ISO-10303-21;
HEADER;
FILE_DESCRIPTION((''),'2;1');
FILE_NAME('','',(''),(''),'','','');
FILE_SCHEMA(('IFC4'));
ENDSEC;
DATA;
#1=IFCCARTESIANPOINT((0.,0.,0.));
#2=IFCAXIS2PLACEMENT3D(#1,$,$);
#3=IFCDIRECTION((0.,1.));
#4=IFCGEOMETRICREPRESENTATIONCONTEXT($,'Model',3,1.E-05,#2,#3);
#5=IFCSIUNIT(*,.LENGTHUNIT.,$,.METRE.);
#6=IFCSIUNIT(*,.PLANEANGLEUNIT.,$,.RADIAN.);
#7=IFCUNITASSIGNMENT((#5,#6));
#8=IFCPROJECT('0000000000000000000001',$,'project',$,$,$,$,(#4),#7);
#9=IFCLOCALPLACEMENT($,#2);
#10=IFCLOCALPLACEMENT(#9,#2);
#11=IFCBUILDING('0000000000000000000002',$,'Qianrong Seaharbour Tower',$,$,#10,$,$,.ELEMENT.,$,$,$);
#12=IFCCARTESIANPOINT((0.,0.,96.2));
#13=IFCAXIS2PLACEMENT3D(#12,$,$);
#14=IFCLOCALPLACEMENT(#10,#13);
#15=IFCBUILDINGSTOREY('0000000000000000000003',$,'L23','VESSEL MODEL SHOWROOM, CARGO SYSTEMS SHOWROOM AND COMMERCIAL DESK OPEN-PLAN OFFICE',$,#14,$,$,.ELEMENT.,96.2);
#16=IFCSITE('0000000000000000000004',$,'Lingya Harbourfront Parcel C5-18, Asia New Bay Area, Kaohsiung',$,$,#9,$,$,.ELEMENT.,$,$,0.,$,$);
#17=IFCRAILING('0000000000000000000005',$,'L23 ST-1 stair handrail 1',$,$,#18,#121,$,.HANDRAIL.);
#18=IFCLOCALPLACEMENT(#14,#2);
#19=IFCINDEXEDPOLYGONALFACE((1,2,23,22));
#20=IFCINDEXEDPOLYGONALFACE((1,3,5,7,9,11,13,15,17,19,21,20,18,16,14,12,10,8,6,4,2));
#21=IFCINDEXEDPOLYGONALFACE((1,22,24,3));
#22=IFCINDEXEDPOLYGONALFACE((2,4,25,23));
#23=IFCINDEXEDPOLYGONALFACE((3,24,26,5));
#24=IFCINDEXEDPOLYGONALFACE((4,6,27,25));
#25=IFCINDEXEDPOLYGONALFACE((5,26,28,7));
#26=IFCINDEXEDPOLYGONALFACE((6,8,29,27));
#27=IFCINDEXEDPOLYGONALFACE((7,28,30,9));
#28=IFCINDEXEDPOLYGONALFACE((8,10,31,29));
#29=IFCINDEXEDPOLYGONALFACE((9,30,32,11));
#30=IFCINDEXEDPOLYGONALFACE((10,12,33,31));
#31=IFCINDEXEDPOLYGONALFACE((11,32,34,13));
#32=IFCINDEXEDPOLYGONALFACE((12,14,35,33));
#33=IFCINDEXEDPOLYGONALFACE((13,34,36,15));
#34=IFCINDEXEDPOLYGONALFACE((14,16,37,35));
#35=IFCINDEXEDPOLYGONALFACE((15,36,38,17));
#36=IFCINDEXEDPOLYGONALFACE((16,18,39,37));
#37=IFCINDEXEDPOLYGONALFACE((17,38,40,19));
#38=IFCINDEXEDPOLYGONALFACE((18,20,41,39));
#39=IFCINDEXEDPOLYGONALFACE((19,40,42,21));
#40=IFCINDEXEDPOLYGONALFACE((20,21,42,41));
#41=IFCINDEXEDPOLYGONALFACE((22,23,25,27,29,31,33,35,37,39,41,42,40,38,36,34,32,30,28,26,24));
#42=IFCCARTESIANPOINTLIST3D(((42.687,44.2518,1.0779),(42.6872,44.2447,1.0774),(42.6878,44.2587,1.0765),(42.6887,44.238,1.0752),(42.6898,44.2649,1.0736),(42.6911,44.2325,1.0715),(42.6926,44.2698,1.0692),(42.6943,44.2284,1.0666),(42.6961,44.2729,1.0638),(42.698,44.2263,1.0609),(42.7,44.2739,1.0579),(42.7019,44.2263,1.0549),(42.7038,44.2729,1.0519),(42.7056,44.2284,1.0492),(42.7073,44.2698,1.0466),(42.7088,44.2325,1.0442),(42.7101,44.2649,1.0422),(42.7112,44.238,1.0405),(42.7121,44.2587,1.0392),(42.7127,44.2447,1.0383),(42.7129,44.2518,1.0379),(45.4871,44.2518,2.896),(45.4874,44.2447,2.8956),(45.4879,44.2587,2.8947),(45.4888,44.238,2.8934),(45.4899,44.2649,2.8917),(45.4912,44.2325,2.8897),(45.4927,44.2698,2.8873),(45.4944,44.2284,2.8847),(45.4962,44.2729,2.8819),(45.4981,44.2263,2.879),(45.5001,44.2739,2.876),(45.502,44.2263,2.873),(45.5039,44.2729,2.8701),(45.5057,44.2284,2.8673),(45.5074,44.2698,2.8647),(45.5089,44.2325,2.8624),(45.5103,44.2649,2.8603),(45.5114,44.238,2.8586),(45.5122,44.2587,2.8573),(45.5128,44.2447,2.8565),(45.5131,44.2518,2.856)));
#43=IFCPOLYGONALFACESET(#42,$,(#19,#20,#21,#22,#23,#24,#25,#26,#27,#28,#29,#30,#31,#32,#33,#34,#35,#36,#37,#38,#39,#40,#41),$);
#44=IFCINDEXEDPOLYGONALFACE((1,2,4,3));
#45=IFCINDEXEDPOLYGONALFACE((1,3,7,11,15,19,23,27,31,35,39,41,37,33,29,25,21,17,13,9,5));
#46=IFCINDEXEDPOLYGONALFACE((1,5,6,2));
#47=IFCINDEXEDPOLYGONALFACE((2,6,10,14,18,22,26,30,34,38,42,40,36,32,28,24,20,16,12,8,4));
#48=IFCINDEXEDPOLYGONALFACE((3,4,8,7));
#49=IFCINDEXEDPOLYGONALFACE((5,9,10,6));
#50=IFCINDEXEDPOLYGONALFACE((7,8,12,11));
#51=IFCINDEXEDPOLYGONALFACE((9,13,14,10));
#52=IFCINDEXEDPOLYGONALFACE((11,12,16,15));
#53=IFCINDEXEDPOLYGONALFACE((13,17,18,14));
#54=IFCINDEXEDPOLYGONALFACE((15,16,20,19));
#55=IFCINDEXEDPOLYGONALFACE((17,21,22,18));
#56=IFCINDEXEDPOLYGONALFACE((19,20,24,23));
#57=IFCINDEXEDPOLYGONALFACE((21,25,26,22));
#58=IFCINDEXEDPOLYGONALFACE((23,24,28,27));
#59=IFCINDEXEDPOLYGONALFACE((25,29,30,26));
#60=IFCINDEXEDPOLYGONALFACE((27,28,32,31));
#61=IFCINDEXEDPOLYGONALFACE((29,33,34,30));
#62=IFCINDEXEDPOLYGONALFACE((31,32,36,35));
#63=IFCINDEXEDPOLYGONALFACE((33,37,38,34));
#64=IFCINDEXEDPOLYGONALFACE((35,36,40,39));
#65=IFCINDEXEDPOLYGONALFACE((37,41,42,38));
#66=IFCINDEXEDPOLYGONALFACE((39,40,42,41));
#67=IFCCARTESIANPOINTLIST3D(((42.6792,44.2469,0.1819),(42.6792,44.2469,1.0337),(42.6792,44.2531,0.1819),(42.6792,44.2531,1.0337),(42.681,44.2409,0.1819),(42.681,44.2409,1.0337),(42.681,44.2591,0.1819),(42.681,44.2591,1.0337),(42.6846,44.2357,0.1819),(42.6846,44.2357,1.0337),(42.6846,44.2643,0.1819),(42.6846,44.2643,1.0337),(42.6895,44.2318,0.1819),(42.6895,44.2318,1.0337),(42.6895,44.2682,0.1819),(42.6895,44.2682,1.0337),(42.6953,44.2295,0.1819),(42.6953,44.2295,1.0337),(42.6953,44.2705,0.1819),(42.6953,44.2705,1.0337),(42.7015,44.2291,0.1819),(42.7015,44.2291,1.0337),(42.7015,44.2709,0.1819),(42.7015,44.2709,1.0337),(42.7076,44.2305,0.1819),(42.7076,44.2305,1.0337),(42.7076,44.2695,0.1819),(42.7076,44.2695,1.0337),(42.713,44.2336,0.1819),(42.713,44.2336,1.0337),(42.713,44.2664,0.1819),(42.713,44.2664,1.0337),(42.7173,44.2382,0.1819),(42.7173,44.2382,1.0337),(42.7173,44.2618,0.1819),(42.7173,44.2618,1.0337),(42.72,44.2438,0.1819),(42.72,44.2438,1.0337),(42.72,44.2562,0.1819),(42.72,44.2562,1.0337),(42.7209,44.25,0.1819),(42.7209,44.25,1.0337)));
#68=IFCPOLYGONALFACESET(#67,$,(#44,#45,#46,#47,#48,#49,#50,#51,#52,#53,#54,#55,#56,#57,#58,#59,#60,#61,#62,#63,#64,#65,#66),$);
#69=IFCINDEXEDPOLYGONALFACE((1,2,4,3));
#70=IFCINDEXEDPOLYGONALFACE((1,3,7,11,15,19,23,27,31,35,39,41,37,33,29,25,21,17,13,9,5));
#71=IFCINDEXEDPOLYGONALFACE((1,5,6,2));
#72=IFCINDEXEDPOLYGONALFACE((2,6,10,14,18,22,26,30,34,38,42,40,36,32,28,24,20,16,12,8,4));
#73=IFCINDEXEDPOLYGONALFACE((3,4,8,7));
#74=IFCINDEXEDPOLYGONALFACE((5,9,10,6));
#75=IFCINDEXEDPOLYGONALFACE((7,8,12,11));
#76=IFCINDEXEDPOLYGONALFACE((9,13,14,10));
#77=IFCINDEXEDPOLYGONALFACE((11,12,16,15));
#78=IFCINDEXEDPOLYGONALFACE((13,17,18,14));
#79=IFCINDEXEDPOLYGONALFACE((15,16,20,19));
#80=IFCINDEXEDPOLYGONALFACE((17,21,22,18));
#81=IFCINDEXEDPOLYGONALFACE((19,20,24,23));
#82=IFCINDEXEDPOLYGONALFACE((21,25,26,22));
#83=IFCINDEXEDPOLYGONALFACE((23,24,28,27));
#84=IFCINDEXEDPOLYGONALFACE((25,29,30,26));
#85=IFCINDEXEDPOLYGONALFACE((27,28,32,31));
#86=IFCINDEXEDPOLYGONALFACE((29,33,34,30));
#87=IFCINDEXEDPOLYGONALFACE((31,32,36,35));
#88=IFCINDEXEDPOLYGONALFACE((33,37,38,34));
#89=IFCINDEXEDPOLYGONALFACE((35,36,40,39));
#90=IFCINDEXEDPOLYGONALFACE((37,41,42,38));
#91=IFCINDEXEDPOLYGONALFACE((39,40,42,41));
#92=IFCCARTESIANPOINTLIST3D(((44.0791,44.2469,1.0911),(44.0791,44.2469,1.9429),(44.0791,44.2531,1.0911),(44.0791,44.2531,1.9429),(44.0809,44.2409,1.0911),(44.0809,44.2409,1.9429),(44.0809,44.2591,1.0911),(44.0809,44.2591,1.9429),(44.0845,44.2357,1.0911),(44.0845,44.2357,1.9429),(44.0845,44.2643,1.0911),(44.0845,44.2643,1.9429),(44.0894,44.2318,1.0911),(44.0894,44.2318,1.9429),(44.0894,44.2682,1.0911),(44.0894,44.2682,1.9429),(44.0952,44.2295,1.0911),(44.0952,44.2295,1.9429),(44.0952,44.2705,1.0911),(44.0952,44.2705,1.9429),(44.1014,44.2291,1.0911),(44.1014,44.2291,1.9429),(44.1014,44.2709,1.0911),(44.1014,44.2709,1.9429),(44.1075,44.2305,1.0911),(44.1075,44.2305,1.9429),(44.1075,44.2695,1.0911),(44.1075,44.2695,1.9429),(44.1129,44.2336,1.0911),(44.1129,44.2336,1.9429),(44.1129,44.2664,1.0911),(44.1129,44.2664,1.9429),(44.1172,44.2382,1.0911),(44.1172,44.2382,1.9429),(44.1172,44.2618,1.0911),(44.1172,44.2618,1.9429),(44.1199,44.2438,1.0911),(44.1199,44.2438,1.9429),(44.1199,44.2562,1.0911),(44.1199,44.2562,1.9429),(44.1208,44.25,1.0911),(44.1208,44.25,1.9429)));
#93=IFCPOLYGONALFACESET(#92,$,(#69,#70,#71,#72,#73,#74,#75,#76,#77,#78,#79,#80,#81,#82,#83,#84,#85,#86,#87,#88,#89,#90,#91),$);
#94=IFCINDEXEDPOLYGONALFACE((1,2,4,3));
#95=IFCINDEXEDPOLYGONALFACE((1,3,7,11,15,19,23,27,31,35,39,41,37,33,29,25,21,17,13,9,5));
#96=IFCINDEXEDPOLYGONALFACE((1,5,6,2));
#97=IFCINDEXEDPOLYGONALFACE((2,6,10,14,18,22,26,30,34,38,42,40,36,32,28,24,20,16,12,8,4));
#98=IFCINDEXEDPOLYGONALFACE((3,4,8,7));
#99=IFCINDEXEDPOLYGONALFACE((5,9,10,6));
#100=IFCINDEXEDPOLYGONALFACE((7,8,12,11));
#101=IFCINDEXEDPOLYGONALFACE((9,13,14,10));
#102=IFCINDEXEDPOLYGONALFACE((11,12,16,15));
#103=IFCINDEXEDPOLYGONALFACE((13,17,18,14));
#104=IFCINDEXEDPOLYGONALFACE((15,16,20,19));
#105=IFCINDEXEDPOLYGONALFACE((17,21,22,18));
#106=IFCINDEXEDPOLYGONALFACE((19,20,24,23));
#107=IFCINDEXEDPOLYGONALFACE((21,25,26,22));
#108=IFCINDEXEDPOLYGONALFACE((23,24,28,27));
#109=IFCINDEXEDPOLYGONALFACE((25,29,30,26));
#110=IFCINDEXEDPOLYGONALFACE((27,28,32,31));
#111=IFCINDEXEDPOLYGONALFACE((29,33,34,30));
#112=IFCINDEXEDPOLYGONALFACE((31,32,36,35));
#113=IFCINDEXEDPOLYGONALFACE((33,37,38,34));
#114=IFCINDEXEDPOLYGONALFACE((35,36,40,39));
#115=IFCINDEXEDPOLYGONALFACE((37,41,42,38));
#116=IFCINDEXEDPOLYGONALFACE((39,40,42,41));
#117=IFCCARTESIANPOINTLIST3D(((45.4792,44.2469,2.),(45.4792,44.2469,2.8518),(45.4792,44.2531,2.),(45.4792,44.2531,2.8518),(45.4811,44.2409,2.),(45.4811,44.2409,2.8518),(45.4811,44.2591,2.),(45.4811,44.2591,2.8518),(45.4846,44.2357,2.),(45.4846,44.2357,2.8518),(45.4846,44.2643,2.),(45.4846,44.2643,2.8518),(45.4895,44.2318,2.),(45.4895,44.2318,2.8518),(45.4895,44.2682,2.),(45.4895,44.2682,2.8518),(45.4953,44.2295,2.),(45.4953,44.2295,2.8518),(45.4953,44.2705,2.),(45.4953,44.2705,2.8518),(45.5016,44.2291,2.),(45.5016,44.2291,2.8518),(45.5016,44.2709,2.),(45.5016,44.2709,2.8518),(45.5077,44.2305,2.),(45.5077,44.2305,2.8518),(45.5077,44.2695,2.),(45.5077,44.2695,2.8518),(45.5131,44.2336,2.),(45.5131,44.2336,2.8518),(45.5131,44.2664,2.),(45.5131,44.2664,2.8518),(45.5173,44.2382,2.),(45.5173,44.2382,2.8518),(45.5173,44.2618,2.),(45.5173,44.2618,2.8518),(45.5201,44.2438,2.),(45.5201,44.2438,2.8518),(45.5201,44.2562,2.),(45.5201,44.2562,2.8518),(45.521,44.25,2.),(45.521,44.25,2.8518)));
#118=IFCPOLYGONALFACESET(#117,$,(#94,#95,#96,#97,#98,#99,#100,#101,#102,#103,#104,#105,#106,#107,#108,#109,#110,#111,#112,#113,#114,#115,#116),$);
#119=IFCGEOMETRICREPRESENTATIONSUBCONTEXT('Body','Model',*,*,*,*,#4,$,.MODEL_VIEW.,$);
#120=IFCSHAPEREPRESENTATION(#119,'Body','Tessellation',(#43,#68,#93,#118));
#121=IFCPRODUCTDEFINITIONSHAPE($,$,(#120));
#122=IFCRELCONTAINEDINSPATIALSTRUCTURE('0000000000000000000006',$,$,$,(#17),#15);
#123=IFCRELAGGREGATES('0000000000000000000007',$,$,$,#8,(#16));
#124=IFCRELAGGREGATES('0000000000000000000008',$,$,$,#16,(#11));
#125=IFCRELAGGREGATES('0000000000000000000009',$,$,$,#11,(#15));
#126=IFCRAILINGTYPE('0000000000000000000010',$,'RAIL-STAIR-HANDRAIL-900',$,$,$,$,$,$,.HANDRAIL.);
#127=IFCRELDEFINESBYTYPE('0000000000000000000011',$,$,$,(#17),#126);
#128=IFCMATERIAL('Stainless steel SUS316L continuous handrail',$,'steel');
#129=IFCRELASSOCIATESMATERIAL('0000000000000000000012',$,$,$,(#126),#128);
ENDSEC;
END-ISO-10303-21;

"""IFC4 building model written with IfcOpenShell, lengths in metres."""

from ifc_helpers import new_model, si_unit, direction, frame, origin, origin_2d, place, context, subcontext, project, spatial, circle, extrude, material, type_object, element, save


model = new_model("IFC4")

# Units and contexts
model_context = context("Model", 3, precision=1e-05, world=origin(), true_north=direction((0.0, 1.0)))
body_context = subcontext(model_context, "Body", "Model", "MODEL_VIEW")
ifc_project = project(units=[si_unit("LENGTHUNIT", "METRE"), si_unit("PLANEANGLEUNIT", "RADIAN")], contexts=[model_context])

# Site, building, storey
site_placement = place(None, origin())
site = spatial("IfcSite", under=ifc_project, at=site_placement, Name="Lingya Harbourfront Parcel C5-18, Asia New Bay Area, Kaohsiung", CompositionType="ELEMENT", RefElevation=0.0)
building_placement = place(site_placement, origin())
building = spatial("IfcBuilding", under=site, at=building_placement, Name="Qianrong Seaharbour Tower", CompositionType="ELEMENT")
storey_placement = place(building_placement, frame((0.0, 0.0, 96.2)))
storey = spatial("IfcBuildingStorey", under=building, at=storey_placement, Name="L23", Description="VESSEL MODEL SHOWROOM, CARGO SYSTEMS SHOWROOM AND COMMERCIAL DESK OPEN-PLAN OFFICE", CompositionType="ELEMENT", Elevation=96.2)

# Railing
ifc_material_1 = material(Name="Stainless steel SUS316L continuous handrail", Category="steel")
railing_type = type_object("IfcRailingType", Name="RAIL-STAIR-HANDRAIL-900", PredefinedType="HANDRAIL", material=ifc_material_1)
railing_placement = place(storey_placement, frame((42.7, 44.25, 0.1819)))
element("IfcRailing", 1, at=railing_placement, inside=storey, type_object=railing_type, Name="L23 ST-1 stair handrail 1", PredefinedType="HANDRAIL", context=body_context, shape_type="SweptSolid", body=[
    extrude(circle(Radius=0.0239, at=origin_2d()), frame((0.0, 0.0, 0.876), z_axis=(0.838706, 0.0, 0.544585), x_axis=(0.0, 1.0, 0.0)), (0.0, 0.0, 1.0), 3.3386),
    extrude(circle(Radius=0.021, at=origin_2d()), origin(), (0.0, 0.0, 1.0), 0.8518),
    extrude(circle(Radius=0.021, at=origin_2d()), frame((1.3999, 0.0, 0.9092)), (0.0, 0.0, 1.0), 0.8518),
    extrude(circle(Radius=0.021, at=origin_2d()), frame((2.8, 0.0, 1.8181)), (0.0, 0.0, 1.0), 0.8518),
])

save(model, "model.ifc")
